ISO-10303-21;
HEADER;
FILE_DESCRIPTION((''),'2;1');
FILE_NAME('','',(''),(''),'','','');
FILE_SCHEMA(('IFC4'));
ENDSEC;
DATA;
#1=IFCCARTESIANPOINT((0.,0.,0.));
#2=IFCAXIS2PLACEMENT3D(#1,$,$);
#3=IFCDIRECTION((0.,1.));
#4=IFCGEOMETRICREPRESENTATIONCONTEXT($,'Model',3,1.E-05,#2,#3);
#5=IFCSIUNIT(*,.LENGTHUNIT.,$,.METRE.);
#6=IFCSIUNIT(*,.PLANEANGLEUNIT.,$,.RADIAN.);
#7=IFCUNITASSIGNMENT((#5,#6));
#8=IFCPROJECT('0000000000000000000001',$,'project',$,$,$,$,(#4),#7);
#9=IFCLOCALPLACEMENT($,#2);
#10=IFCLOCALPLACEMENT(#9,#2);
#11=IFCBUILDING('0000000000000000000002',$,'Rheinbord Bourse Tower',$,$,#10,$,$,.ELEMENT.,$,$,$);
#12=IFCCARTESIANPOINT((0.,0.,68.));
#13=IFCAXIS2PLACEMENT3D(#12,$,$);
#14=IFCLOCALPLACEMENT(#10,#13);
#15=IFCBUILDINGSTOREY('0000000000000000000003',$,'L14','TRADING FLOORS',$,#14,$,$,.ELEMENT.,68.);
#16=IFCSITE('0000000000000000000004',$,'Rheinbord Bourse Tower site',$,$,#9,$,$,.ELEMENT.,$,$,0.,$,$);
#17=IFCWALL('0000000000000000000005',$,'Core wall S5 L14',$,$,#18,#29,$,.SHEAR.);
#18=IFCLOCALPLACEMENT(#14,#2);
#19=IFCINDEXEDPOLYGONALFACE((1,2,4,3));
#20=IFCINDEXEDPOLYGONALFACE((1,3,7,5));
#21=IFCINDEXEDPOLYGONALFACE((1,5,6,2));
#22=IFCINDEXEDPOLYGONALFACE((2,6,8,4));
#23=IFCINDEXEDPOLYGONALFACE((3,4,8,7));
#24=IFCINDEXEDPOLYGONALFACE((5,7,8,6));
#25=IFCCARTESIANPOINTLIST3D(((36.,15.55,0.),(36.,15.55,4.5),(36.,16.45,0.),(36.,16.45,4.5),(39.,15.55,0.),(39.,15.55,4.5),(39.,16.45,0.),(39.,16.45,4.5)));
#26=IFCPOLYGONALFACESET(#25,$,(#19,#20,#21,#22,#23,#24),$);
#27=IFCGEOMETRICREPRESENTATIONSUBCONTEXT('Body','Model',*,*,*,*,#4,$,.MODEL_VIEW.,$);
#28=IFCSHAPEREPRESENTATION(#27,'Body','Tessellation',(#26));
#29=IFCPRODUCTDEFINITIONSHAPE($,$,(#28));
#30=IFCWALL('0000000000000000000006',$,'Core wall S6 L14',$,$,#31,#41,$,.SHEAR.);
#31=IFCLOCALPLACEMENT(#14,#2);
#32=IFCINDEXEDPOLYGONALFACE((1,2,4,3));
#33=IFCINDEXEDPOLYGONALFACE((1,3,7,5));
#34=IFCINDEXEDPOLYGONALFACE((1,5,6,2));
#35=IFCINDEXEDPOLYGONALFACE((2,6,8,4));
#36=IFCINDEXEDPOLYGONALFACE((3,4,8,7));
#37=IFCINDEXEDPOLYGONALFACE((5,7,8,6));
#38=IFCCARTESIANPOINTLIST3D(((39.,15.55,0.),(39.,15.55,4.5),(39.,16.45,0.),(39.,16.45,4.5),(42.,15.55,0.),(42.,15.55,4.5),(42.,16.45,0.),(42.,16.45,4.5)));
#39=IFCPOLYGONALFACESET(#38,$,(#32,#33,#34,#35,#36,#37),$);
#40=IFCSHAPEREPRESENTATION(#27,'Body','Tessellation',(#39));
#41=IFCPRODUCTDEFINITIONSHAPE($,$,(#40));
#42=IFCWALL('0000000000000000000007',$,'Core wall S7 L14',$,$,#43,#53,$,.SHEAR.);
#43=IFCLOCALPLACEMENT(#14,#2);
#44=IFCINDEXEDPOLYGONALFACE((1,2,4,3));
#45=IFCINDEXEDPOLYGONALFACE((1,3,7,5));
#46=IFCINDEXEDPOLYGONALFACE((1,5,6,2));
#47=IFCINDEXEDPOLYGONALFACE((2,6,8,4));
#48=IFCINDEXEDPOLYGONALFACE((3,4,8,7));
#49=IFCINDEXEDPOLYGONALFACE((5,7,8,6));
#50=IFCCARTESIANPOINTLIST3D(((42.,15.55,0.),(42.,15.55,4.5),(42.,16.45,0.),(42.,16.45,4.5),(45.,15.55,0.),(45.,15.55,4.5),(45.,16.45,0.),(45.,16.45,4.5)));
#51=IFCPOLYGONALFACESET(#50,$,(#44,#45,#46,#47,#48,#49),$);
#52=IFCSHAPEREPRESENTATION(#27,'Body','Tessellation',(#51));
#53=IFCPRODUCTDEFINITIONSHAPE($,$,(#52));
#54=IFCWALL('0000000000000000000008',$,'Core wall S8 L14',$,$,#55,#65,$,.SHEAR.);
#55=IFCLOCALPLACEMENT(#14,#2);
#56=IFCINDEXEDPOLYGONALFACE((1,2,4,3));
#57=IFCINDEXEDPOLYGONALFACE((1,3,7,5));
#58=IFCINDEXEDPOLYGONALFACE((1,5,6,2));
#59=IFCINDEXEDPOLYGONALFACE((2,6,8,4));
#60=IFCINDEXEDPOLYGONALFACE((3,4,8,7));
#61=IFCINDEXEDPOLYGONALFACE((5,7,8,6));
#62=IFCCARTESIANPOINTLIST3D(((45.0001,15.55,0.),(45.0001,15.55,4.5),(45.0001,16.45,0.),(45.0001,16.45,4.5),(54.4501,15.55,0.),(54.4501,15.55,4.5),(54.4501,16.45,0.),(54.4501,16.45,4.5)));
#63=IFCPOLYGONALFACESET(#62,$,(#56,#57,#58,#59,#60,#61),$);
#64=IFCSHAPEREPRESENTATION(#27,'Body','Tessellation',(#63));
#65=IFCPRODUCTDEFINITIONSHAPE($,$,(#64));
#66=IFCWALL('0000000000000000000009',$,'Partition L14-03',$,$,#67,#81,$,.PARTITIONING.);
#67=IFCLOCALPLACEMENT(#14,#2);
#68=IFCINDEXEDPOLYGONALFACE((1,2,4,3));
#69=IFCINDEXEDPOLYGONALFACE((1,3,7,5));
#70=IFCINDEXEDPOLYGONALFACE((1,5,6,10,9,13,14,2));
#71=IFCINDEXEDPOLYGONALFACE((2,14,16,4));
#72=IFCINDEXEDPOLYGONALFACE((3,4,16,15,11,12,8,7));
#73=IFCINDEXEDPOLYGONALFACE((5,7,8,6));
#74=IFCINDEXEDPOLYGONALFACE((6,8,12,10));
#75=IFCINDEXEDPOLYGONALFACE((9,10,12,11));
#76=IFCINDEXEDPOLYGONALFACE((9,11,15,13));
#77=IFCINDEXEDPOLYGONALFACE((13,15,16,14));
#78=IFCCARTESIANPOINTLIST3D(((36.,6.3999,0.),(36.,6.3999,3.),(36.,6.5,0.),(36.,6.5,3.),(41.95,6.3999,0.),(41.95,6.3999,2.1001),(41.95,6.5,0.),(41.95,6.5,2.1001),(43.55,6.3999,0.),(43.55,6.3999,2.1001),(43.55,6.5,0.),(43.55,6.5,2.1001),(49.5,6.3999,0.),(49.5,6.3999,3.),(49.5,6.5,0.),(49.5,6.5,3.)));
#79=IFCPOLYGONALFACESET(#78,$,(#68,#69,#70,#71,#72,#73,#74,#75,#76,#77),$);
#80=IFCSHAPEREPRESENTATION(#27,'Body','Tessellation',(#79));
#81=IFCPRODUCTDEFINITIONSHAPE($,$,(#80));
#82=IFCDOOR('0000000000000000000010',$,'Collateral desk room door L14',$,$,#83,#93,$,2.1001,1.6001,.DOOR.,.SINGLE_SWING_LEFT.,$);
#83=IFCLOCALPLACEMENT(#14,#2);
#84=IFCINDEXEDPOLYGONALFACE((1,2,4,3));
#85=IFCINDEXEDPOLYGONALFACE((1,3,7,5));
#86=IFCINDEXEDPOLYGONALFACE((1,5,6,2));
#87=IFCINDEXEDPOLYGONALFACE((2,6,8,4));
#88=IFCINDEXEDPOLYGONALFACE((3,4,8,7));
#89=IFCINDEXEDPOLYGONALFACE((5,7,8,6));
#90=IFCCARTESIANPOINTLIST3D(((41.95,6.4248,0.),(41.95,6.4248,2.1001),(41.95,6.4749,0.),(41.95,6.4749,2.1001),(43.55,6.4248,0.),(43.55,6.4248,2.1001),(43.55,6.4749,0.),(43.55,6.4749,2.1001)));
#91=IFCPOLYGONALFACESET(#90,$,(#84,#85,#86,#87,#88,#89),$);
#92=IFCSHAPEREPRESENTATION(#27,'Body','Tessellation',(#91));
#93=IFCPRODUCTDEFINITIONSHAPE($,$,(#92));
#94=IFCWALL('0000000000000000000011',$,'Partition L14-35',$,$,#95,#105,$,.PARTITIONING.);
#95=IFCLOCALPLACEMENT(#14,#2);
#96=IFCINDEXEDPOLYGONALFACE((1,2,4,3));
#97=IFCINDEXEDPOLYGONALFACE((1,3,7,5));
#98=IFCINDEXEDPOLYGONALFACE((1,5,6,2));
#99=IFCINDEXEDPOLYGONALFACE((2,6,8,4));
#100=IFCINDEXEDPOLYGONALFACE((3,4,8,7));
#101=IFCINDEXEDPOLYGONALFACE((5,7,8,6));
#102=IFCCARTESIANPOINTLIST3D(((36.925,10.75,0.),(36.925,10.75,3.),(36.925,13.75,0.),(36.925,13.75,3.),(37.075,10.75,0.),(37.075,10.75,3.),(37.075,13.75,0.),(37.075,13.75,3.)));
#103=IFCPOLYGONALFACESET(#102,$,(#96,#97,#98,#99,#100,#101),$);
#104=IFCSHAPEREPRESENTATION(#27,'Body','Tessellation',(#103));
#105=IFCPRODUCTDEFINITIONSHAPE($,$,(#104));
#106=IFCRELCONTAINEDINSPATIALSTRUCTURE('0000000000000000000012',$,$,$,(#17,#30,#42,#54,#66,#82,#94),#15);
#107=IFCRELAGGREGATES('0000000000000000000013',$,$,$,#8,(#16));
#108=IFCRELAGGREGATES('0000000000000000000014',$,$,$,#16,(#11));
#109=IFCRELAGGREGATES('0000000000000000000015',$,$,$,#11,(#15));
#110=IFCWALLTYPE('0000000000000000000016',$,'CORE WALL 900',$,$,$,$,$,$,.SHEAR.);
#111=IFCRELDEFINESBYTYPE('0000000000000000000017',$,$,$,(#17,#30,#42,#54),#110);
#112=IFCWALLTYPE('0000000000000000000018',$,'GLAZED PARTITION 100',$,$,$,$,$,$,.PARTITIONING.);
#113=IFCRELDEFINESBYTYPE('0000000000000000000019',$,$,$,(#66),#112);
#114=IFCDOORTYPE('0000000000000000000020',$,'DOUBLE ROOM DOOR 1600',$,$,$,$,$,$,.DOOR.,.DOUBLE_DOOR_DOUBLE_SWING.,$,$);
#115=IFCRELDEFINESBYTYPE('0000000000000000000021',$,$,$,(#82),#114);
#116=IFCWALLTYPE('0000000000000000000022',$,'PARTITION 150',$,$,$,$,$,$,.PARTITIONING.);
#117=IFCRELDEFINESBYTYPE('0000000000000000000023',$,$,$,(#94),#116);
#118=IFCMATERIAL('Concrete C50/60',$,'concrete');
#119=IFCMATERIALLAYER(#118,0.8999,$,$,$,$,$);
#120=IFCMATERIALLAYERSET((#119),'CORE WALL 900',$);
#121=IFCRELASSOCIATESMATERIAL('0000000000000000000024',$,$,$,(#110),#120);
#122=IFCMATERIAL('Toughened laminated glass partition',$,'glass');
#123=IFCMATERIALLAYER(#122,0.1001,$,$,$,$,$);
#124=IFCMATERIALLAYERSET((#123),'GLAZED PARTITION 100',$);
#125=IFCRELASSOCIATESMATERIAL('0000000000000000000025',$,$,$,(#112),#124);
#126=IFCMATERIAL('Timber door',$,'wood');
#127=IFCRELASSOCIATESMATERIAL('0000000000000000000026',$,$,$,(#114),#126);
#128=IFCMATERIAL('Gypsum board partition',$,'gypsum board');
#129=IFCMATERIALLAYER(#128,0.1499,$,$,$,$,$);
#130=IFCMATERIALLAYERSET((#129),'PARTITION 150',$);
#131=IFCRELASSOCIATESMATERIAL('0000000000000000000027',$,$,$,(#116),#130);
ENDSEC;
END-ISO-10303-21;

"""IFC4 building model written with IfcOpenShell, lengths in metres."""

from ifc_helpers import new_model, si_unit, direction, frame, frame_2d, origin, place, context, subcontext, project, spatial, rectangle, extrude, material, layer, layer_set, type_object, element, fill, save


model = new_model("IFC4")

# Units and contexts
model_context = context("Model", 3, precision=1e-05, world=origin(), true_north=direction((0.0, 1.0)))
body_context = subcontext(model_context, "Body", "Model", "MODEL_VIEW")
ifc_project = project(units=[si_unit("LENGTHUNIT", "METRE"), si_unit("PLANEANGLEUNIT", "RADIAN")], contexts=[model_context])

# Site, building, storey
site_placement = place(None, origin())
site = spatial("IfcSite", under=ifc_project, at=site_placement, Name="Rheinbord Bourse Tower site", CompositionType="ELEMENT", RefElevation=0.0)
building_placement = place(site_placement, origin())
building = spatial("IfcBuilding", under=site, at=building_placement, Name="Rheinbord Bourse Tower", CompositionType="ELEMENT")
storey_placement = place(building_placement, frame((0.0, 0.0, 68.0)))
storey = spatial("IfcBuildingStorey", under=building, at=storey_placement, Name="L14", Description="TRADING FLOORS", CompositionType="ELEMENT", Elevation=68.0)

# Walls
ifc_material_1 = material(Name="Concrete C50/60", Category="concrete")
ifc_layer_1 = layer(ifc_material_1, 0.8999)
ifc_layer_set_1 = layer_set([ifc_layer_1], Name="CORE WALL 900")
wall_type_1 = type_object("IfcWallType", Name="CORE WALL 900", PredefinedType="SHEAR", material=ifc_layer_set_1)
for number, where, z_axis, x_axis, name in (
    (1, (36.0, 16.0, 0.0), (0.0, 0.0, 1.0), (1.0, 0.0, 0.0), "Core wall S5 L14"),
    (2, (39.0, 16.0, 0.0), (0.0, 0.0, 1.0), (1.0, 0.0, 0.0), "Core wall S6 L14"),
    (3, (42.0, 16.0, 0.0), (0.0, 0.0, 1.0), (1.0, 0.0, 0.0), "Core wall S7 L14"),
):
    element("IfcWall", number, at=place(storey_placement, frame(where, z_axis=z_axis, x_axis=x_axis)), inside=storey, type_object=wall_type_1, Name=name, PredefinedType="SHEAR", context=body_context, shape_type="SweptSolid", body=[
        extrude(rectangle(XDim=3.0, YDim=0.8999, at=frame_2d((1.5, 0.0))), origin(), (0.0, 0.0, 1.0), 4.5),
    ])
wall_1_placement = place(storey_placement, frame((45.0, 16.0, 0.0), z_axis=(0.0, 0.0, 1.0), x_axis=(1.0, 0.0, 0.0)))
element("IfcWall", 4, at=wall_1_placement, inside=storey, type_object=wall_type_1, Name="Core wall S8 L14", PredefinedType="SHEAR", context=body_context, shape_type="SweptSolid", body=[
    extrude(rectangle(XDim=9.45, YDim=0.8999, at=frame_2d((4.7251, 0.0))), origin(), (0.0, 0.0, 1.0), 4.5),
])

# Wall, opening, door
ifc_material_2 = material(Name="Toughened laminated glass partition", Category="glass")
ifc_layer_2 = layer(ifc_material_2, 0.1001)
ifc_layer_set_2 = layer_set([ifc_layer_2], Name="GLAZED PARTITION 100")
wall_type_2 = type_object("IfcWallType", Name="GLAZED PARTITION 100", PredefinedType="PARTITIONING", material=ifc_layer_set_2)
wall_2_placement = place(storey_placement, frame((36.0, 6.45, 0.0), z_axis=(0.0, 0.0, 1.0), x_axis=(1.0, 0.0, 0.0)))
wall_2 = element("IfcWall", 5, at=wall_2_placement, inside=storey, type_object=wall_type_2, Name="Partition L14-03", PredefinedType="PARTITIONING", context=body_context, shape_type="SweptSolid", body=[
    extrude(rectangle(XDim=13.5, YDim=0.1001, at=frame_2d((6.75, 0.0))), origin(), (0.0, 0.0, 1.0), 3.0),
])
opening_1_placement = place(wall_2_placement, frame((5.95, 0.0, 0.0)))
opening_1 = element("IfcOpeningElement", 6, at=opening_1_placement, cuts=wall_2, PredefinedType="OPENING", context=body_context, shape_type="SweptSolid", body=[
    extrude(rectangle(XDim=1.6001, YDim=2.1001, at=frame_2d((0.8, 1.05))), frame((0.0, 0.0601, 0.0), z_axis=(0.0, -1.0, 0.0), x_axis=(1.0, 0.0, 0.0)), (0.0, 0.0, 1.0), 0.1201),
])
ifc_material_3 = material(Name="Timber door", Category="wood")
door_type_1 = type_object("IfcDoorType", Name="DOUBLE ROOM DOOR 1600", OperationType="DOUBLE_DOOR_DOUBLE_SWING", PredefinedType="DOOR", material=ifc_material_3)
door_1_placement = place(opening_1_placement, origin())
door_1 = element("IfcDoor", 7, at=door_1_placement, inside=storey, type_object=door_type_1, Name="Collateral desk room door L14", OperationType="SINGLE_SWING_LEFT", OverallHeight=2.1001, OverallWidth=1.6001, PredefinedType="DOOR", context=body_context, shape_type="SweptSolid", body=[
    extrude(rectangle(XDim=1.6001, YDim=2.1001, at=frame_2d((0.8, 1.05))), frame((0.0, 0.0249, 0.0), z_axis=(0.0, -1.0, 0.0), x_axis=(1.0, 0.0, 0.0)), (0.0, 0.0, 1.0), 0.05),
])
fill(opening_1, door_1)

# Wall
ifc_material_4 = material(Name="Gypsum board partition", Category="gypsum board")
ifc_layer_3 = layer(ifc_material_4, 0.1499)
ifc_layer_set_3 = layer_set([ifc_layer_3], Name="PARTITION 150")
wall_type_3 = type_object("IfcWallType", Name="PARTITION 150", PredefinedType="PARTITIONING", material=ifc_layer_set_3)
wall_3_placement = place(storey_placement, frame((37.0, 10.75, 0.0), z_axis=(0.0, 0.0, 1.0), x_axis=(0.0, 1.0, 0.0)))
element("IfcWall", 8, at=wall_3_placement, inside=storey, type_object=wall_type_3, Name="Partition L14-35", PredefinedType="PARTITIONING", context=body_context, shape_type="SweptSolid", body=[
    extrude(rectangle(XDim=3.0, YDim=0.1499, at=frame_2d((1.5, 0.0))), origin(), (0.0, 0.0, 1.0), 3.0),
])

save(model, "model.ifc")
